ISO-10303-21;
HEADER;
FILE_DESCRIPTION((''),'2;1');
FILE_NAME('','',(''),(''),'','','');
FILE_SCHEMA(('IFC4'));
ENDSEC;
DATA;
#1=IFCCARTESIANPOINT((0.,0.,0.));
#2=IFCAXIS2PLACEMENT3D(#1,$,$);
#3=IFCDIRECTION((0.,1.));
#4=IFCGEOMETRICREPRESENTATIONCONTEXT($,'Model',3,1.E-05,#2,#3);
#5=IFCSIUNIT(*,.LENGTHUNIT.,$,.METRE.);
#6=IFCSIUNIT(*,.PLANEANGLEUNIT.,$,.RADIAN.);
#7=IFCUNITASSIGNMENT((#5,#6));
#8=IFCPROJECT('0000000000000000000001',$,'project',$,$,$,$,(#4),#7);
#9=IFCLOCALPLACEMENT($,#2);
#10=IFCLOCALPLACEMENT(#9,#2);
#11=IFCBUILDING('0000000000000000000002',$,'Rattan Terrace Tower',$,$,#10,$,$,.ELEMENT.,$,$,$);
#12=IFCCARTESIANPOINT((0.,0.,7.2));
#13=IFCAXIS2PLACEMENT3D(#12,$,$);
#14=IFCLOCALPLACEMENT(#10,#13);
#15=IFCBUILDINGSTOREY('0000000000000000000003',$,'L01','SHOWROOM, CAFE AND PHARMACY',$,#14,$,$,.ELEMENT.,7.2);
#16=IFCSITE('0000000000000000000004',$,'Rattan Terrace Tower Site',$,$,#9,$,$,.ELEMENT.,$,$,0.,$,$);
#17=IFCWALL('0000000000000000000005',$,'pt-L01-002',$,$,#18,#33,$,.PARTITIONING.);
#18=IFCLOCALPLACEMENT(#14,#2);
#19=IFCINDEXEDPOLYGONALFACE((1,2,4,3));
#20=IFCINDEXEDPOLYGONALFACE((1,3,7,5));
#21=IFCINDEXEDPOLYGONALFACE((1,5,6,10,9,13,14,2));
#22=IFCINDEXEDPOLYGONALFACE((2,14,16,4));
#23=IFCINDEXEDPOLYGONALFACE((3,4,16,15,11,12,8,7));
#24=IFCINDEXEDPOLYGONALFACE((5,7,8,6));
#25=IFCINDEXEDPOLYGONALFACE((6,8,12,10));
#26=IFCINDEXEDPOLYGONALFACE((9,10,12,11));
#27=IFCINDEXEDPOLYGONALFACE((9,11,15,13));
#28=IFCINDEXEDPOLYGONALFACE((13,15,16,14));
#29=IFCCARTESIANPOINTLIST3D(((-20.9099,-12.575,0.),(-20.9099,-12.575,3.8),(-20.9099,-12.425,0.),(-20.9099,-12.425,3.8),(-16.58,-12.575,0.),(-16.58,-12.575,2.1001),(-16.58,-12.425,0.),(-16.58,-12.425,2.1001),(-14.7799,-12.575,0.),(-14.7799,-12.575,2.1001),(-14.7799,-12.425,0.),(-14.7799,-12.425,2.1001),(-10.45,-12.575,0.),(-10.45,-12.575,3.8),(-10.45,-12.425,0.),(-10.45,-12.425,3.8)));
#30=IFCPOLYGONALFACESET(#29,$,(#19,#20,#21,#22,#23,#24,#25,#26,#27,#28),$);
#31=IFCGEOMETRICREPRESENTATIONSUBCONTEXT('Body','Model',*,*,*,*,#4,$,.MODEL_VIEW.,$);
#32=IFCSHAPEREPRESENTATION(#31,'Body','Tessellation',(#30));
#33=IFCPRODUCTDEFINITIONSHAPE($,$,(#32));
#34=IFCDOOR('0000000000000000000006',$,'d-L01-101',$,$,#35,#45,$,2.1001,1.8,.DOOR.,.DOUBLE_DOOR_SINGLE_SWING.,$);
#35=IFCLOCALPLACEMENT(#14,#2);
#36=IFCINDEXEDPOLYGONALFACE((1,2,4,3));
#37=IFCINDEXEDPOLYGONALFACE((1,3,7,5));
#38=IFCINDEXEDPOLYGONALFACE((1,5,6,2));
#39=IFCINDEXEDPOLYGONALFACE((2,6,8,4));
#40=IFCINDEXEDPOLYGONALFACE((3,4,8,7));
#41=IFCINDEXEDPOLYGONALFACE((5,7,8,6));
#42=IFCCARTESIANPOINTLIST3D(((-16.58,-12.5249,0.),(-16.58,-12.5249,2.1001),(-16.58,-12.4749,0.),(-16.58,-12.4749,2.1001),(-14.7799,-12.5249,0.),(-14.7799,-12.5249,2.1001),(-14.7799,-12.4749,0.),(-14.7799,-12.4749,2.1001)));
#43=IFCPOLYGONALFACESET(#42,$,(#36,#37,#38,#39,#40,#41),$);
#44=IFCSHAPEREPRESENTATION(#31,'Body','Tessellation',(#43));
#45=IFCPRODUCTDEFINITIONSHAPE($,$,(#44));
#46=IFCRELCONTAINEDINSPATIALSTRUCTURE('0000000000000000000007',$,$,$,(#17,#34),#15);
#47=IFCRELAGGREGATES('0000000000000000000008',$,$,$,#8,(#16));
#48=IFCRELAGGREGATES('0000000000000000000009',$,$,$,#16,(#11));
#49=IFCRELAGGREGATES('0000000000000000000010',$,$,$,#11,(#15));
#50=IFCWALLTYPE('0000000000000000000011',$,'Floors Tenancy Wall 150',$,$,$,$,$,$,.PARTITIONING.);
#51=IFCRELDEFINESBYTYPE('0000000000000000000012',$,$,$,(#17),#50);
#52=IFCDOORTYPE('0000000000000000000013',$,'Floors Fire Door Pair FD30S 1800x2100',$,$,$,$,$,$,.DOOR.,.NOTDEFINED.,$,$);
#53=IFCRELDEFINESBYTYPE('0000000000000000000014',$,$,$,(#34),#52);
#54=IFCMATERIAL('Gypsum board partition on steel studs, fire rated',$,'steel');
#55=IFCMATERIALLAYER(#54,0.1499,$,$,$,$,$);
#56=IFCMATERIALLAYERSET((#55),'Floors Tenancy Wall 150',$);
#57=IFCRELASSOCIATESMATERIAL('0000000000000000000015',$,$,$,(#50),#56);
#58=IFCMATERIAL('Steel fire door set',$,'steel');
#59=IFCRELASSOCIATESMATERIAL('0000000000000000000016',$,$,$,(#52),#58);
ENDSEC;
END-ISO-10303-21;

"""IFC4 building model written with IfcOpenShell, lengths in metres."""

from ifc_helpers import new_model, si_unit, direction, frame, frame_2d, origin, place, context, subcontext, project, spatial, rectangle, extrude, material, layer, layer_set, type_object, element, fill, save


model = new_model("IFC4")

# Units and contexts
model_context = context("Model", 3, precision=1e-05, world=origin(), true_north=direction((0.0, 1.0)))
body_context = subcontext(model_context, "Body", "Model", "MODEL_VIEW")
ifc_project = project(units=[si_unit("LENGTHUNIT", "METRE"), si_unit("PLANEANGLEUNIT", "RADIAN")], contexts=[model_context])

# Site, building, storey
site_placement = place(None, origin())
site = spatial("IfcSite", under=ifc_project, at=site_placement, Name="Rattan Terrace Tower Site", CompositionType="ELEMENT", RefElevation=0.0)
building_placement = place(site_placement, origin())
building = spatial("IfcBuilding", under=site, at=building_placement, Name="Rattan Terrace Tower", CompositionType="ELEMENT")
storey_placement = place(building_placement, frame((0.0, 0.0, 7.2)))
storey = spatial("IfcBuildingStorey", under=building, at=storey_placement, Name="L01", Description="SHOWROOM, CAFE AND PHARMACY", CompositionType="ELEMENT", Elevation=7.2)

# Wall, opening, door
ifc_material_1 = material(Name="Gypsum board partition on steel studs, fire rated", Category="steel")
ifc_layer_1 = layer(ifc_material_1, 0.1499)
ifc_layer_set_1 = layer_set([ifc_layer_1], Name="Floors Tenancy Wall 150")
wall_type_1 = type_object("IfcWallType", Name="Floors Tenancy Wall 150", PredefinedType="PARTITIONING", material=ifc_layer_set_1)
ifc_material_2 = material(Name="Steel fire door set", Category="steel")
door_type_1 = type_object("IfcDoorType", Name="Floors Fire Door Pair FD30S 1800x2100", OperationType="NOTDEFINED", PredefinedType="DOOR", material=ifc_material_2)
wall_1_placement = place(storey_placement, frame((-10.45, -12.5, 0.0), z_axis=(0.0, 0.0, 1.0), x_axis=(-1.0, 0.0, 0.0)))
wall_1 = element("IfcWall", 1, at=wall_1_placement, inside=storey, type_object=wall_type_1, Name="pt-L01-002", PredefinedType="PARTITIONING", context=body_context, shape_type="SweptSolid", body=[
    extrude(rectangle(XDim=10.46, YDim=0.1499, at=frame_2d((5.23, 0.0))), origin(), (0.0, 0.0, 1.0), 3.8),
])
opening_1_placement = place(wall_1_placement, frame((4.3301, 0.0, 0.0)))
opening_1 = element("IfcOpeningElement", 2, at=opening_1_placement, cuts=wall_1, PredefinedType="OPENING", context=body_context, shape_type="SweptSolid", body=[
    extrude(rectangle(XDim=1.8, YDim=2.1001, at=frame_2d((0.8999, 1.05))), frame((0.0, 0.0854, 0.0), z_axis=(0.0, -1.0, 0.0), x_axis=(1.0, 0.0, 0.0)), (0.0, 0.0, 1.0), 0.1709),
])
door_1_placement = place(opening_1_placement, origin())
door_1 = element("IfcDoor", 3, at=door_1_placement, inside=storey, type_object=door_type_1, Name="d-L01-101", OperationType="DOUBLE_DOOR_SINGLE_SWING", OverallHeight=2.1001, OverallWidth=1.8, PredefinedType="DOOR", context=body_context, shape_type="SweptSolid", body=[
    extrude(rectangle(XDim=1.8, YDim=2.1001, at=frame_2d((0.8999, 1.05))), frame((0.0, 0.0249, 0.0), z_axis=(0.0, -1.0, 0.0), x_axis=(1.0, 0.0, 0.0)), (0.0, 0.0, 1.0), 0.05),
])
fill(opening_1, door_1)

save(model, "model.ifc")
